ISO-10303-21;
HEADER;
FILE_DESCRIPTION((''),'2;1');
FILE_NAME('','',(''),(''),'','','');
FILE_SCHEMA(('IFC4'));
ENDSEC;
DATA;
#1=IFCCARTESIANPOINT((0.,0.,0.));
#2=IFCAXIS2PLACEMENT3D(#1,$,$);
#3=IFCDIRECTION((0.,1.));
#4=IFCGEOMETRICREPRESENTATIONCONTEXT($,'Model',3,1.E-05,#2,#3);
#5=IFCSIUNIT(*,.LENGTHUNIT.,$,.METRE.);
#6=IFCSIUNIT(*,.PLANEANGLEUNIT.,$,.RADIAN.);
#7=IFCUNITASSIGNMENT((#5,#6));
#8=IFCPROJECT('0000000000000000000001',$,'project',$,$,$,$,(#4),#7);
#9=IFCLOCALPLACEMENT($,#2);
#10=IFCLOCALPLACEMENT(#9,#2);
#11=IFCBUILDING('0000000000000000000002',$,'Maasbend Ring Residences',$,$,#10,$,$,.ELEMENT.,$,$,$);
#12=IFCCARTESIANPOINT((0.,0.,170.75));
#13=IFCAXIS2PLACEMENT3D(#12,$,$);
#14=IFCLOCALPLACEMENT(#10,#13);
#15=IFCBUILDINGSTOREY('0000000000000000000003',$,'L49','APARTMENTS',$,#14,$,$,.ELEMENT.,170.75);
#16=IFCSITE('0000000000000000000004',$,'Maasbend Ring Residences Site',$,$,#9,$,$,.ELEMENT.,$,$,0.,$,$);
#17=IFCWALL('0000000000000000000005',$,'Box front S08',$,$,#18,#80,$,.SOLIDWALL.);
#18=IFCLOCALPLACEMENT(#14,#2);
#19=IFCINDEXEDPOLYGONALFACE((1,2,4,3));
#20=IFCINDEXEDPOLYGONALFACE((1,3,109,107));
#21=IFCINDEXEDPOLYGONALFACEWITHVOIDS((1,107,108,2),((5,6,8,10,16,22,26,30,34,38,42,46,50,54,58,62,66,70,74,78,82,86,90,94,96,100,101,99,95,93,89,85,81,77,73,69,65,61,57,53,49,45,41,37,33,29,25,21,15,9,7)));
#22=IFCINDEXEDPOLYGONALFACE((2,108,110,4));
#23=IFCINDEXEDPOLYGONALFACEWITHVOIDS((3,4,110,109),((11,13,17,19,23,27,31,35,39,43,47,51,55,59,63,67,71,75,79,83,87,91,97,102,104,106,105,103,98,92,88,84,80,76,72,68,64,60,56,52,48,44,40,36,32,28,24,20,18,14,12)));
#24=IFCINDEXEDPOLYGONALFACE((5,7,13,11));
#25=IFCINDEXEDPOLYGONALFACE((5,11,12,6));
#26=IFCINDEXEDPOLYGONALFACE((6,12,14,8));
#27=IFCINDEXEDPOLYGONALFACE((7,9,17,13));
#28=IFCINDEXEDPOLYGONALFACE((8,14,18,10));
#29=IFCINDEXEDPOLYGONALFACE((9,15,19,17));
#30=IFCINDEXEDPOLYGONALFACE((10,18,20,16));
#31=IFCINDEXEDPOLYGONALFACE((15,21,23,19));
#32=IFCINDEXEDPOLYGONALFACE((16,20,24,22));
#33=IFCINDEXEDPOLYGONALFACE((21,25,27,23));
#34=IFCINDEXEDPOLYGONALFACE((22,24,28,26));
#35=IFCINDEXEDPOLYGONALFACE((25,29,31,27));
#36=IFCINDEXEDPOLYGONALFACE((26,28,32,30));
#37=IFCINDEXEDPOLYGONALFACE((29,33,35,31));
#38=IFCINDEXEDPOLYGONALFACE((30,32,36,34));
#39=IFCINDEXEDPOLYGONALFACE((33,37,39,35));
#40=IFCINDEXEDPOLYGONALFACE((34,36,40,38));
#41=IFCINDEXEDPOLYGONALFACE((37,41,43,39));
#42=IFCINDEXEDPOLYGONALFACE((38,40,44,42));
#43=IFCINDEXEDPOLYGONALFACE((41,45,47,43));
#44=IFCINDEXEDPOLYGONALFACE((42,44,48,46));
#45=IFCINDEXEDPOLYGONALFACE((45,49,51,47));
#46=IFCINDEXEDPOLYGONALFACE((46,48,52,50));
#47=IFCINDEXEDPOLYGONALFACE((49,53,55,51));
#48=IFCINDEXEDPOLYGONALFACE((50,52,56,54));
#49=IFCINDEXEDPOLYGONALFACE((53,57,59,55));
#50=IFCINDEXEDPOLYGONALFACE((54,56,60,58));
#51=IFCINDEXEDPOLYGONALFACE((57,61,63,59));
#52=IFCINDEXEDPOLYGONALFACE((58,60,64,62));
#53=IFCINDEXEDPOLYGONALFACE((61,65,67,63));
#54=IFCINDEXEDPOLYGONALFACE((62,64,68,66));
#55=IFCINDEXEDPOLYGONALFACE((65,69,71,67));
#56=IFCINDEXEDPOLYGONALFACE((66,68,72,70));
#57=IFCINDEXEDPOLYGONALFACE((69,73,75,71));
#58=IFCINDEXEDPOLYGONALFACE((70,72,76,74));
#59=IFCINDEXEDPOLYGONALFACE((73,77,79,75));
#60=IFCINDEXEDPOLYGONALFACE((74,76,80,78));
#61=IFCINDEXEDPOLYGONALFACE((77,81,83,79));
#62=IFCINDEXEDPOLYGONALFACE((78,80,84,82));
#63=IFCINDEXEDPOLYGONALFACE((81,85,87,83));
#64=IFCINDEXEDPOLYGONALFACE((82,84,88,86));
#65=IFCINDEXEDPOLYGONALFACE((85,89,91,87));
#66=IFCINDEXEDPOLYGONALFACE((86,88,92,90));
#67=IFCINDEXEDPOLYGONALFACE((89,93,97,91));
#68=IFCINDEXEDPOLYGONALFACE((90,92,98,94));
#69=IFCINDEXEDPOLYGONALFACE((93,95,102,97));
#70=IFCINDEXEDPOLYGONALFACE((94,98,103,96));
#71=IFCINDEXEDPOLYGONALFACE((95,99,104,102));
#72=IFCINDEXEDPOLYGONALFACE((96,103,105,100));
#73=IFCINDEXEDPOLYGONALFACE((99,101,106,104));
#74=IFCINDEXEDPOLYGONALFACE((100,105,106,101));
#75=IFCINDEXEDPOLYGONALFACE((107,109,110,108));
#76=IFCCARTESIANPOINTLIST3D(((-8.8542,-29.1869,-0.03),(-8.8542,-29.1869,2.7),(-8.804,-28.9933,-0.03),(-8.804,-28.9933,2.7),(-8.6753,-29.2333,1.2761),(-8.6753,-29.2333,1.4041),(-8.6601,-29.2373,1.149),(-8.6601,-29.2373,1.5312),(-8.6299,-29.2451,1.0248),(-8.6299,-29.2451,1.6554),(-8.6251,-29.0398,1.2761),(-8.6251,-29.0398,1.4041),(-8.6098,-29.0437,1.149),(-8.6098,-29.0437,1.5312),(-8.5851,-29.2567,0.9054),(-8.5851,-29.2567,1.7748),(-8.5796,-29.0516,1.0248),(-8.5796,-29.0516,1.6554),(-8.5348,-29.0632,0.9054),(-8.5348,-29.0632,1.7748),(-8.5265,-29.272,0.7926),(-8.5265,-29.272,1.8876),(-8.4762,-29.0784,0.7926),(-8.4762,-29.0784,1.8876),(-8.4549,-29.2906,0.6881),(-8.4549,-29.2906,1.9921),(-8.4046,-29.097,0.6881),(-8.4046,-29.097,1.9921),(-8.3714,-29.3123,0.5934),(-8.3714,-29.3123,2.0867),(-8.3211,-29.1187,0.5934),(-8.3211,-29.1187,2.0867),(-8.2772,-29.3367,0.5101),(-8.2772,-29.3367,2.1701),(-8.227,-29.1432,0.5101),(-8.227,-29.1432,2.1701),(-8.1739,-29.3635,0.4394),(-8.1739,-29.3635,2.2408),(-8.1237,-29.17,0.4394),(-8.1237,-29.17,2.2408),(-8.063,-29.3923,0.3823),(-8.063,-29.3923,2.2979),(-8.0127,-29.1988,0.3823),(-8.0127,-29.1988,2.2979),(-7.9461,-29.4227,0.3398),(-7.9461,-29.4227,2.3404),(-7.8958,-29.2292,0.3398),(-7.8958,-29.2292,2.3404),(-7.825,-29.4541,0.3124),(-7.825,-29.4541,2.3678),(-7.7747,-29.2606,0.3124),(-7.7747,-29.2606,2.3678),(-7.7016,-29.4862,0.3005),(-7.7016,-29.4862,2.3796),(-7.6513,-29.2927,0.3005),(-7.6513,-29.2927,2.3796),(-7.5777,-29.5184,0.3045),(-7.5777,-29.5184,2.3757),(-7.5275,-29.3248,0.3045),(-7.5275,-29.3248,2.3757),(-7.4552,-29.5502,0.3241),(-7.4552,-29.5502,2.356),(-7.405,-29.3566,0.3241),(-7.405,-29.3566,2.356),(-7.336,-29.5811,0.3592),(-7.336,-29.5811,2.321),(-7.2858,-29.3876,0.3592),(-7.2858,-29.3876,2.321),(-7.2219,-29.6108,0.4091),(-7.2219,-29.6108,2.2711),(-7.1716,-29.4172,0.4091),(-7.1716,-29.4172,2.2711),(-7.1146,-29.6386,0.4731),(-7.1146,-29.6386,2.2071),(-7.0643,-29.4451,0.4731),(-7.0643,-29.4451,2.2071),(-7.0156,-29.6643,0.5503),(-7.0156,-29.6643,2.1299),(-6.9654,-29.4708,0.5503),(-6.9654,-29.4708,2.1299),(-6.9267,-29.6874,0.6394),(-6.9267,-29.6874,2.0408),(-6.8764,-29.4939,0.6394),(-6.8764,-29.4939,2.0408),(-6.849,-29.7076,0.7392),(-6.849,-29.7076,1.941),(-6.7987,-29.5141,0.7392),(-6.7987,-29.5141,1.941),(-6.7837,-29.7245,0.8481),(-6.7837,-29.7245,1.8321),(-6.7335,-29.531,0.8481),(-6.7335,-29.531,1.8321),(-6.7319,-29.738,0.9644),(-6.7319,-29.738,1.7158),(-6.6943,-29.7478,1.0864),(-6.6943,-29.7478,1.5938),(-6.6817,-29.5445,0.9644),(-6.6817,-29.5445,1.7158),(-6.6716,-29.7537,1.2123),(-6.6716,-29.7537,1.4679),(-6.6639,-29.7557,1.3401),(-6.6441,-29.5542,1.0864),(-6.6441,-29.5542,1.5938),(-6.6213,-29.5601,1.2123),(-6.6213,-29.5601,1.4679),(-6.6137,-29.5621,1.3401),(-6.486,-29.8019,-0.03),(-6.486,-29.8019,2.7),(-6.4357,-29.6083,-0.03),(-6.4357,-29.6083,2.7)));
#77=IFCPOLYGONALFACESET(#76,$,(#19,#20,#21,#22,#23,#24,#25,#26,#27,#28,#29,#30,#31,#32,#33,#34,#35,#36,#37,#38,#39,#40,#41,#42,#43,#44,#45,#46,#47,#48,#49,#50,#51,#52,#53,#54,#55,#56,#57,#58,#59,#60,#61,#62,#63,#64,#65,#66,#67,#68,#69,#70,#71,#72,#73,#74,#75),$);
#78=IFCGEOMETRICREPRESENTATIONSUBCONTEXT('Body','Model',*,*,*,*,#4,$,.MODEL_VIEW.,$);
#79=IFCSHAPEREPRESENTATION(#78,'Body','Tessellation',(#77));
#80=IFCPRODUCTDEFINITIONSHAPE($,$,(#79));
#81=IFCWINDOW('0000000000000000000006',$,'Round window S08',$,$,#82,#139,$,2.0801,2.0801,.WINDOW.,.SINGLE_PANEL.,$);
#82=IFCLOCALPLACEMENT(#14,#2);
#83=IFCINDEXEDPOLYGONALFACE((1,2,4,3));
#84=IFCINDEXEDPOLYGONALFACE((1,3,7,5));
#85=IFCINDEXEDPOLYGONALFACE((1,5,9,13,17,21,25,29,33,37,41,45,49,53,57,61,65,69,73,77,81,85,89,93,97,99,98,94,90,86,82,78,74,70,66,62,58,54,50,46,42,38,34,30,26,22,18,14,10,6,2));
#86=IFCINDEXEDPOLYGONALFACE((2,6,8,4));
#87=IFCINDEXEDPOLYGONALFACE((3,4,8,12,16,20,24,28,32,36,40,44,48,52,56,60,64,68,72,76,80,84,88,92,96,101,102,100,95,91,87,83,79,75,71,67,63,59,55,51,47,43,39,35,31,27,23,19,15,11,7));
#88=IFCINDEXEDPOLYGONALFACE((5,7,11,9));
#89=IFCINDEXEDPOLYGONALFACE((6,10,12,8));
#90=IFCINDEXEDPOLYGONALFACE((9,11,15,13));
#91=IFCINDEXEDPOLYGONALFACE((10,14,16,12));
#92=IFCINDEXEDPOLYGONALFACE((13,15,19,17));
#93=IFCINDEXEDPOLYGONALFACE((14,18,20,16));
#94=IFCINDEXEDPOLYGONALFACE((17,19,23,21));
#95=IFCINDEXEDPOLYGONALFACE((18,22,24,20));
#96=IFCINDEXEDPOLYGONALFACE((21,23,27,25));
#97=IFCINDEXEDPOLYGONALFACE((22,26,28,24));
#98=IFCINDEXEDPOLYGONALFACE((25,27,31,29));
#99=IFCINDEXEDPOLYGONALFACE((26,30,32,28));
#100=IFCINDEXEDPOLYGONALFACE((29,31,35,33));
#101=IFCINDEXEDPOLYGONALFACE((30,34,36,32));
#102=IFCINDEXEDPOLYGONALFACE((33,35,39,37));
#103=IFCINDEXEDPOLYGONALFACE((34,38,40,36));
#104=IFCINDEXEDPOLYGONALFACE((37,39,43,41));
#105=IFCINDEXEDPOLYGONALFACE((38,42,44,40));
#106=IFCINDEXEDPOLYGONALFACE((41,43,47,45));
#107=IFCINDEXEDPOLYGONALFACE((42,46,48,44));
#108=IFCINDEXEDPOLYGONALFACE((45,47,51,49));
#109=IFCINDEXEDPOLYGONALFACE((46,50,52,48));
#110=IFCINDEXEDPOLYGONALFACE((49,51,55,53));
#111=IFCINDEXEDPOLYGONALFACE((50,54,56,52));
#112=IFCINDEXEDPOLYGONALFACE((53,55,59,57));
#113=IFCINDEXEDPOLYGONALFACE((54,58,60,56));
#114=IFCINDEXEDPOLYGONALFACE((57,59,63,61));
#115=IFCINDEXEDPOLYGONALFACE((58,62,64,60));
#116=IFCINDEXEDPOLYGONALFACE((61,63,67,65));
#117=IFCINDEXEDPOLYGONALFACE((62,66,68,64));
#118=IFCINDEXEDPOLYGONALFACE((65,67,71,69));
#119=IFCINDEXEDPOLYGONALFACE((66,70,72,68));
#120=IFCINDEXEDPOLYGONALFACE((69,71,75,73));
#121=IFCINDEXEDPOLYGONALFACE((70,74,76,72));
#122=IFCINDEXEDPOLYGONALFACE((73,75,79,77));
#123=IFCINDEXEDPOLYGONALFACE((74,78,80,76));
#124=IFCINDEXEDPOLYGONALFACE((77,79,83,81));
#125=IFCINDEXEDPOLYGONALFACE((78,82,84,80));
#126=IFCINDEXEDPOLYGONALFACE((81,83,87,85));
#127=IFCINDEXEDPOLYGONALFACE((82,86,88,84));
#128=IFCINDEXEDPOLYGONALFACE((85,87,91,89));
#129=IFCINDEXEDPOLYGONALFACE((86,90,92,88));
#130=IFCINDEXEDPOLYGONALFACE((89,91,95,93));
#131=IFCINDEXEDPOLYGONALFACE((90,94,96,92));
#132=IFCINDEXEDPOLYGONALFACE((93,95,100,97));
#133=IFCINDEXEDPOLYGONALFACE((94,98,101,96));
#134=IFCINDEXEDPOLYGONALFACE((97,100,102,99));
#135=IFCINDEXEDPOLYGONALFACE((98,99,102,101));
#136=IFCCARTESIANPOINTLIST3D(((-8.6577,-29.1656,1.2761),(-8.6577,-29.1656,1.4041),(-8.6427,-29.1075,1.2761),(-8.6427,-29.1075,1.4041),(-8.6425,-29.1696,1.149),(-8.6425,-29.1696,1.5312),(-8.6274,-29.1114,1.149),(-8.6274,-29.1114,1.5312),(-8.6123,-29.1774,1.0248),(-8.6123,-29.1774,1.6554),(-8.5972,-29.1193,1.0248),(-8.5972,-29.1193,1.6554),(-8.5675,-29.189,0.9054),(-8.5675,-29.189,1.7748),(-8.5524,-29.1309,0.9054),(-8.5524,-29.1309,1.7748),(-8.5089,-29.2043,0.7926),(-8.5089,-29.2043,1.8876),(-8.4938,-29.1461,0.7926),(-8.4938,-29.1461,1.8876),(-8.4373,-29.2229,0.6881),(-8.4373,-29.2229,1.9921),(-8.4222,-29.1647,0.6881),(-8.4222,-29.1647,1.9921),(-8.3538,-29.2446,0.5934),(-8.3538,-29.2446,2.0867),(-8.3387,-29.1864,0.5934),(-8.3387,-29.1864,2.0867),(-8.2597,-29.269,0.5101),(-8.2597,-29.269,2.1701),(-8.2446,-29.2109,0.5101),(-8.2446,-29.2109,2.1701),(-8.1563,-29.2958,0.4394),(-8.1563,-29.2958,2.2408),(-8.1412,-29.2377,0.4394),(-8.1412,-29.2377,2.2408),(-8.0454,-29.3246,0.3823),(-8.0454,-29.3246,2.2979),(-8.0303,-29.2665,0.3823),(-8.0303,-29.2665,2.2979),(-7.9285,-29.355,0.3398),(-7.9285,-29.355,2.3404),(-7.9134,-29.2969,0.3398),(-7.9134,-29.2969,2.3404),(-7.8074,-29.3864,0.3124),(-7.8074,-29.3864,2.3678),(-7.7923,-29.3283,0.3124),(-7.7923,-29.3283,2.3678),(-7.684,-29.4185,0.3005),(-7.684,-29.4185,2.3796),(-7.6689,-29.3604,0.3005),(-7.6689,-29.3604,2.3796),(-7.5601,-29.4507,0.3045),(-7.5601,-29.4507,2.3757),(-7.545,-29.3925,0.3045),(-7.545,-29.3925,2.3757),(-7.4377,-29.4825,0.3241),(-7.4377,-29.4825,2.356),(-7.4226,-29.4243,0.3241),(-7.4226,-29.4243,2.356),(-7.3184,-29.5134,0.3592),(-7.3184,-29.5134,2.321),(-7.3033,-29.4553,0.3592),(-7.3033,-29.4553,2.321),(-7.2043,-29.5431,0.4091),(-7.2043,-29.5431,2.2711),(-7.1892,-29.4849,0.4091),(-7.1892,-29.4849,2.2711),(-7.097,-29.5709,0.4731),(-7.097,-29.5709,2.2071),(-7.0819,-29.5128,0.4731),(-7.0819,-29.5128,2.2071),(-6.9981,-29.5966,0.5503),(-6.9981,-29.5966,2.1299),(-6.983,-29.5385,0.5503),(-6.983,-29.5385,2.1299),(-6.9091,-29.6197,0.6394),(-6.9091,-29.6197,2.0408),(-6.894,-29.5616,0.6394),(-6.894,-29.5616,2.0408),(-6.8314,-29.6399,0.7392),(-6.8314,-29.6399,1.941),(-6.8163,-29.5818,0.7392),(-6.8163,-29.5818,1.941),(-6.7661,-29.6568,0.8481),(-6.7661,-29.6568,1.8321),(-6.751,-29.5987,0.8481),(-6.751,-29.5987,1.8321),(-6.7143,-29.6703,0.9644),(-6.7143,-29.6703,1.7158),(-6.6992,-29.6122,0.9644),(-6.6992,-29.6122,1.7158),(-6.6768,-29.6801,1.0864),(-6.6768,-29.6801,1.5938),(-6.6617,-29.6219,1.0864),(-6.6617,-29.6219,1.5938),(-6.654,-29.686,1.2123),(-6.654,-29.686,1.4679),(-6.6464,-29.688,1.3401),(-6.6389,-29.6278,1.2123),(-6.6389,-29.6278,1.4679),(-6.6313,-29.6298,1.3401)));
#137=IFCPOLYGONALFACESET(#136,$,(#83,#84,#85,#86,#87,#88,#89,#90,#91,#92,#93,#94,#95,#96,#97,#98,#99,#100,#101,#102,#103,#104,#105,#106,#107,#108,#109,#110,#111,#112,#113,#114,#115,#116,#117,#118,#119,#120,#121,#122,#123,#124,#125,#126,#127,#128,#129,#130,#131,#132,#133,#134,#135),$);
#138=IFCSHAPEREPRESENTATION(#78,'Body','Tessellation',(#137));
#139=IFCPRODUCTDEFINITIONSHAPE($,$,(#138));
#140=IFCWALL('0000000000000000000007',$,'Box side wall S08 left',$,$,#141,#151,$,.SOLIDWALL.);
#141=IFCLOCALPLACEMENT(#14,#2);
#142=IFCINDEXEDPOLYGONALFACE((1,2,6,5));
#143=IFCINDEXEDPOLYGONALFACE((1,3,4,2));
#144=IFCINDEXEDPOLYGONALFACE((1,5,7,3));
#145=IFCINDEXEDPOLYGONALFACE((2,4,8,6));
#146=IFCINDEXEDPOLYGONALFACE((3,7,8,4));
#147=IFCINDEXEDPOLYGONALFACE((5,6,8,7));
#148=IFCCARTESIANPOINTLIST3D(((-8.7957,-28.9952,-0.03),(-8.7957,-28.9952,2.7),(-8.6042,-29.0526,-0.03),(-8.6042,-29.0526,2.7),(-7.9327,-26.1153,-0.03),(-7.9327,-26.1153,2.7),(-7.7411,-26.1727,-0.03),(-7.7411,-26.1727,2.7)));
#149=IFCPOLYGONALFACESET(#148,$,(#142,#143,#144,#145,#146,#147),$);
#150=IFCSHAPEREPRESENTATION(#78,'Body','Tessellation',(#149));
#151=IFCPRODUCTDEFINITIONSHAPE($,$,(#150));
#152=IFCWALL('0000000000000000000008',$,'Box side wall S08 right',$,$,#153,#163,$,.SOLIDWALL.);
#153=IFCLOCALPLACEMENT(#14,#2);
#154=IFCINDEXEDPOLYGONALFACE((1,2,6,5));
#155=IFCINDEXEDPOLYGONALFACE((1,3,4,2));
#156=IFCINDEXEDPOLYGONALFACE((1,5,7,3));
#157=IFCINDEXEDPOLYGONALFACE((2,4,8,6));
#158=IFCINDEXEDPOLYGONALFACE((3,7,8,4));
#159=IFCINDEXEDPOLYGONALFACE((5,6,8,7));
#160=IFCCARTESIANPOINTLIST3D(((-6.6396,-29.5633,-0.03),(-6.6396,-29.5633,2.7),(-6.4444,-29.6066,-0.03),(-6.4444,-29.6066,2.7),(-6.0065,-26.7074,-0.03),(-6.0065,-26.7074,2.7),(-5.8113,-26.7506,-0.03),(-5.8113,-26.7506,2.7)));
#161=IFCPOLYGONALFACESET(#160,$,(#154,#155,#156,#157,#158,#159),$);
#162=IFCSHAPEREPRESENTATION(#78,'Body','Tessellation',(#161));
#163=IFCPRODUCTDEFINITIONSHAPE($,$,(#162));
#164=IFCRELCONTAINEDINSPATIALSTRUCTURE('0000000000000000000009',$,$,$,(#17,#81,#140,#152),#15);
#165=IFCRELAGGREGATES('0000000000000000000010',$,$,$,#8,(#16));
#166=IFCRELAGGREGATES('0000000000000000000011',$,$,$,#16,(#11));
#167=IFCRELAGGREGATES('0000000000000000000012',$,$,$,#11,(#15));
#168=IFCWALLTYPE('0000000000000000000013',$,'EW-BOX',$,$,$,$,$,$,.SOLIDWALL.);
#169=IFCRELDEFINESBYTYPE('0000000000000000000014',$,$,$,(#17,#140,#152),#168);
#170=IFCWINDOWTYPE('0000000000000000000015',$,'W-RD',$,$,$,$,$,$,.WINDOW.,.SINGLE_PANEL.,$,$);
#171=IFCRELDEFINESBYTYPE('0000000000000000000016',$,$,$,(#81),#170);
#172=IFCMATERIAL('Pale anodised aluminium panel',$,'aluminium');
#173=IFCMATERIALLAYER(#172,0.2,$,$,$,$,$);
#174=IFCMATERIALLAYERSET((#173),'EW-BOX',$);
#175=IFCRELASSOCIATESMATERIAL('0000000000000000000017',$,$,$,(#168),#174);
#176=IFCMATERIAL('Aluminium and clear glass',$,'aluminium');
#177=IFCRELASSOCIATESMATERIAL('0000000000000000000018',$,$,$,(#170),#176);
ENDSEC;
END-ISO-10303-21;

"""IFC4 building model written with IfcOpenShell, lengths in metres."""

from ifc_helpers import new_model, si_unit, direction, frame, frame_2d, origin, place, context, subcontext, project, spatial, rectangle, circle, extrude, material, layer, layer_set, type_object, element, fill, save


model = new_model("IFC4")

# Units and contexts
model_context = context("Model", 3, precision=1e-05, world=origin(), true_north=direction((0.0, 1.0)))
body_context = subcontext(model_context, "Body", "Model", "MODEL_VIEW")
ifc_project = project(units=[si_unit("LENGTHUNIT", "METRE"), si_unit("PLANEANGLEUNIT", "RADIAN")], contexts=[model_context])

# Site, building, storey
site_placement = place(None, origin())
site = spatial("IfcSite", under=ifc_project, at=site_placement, Name="Maasbend Ring Residences Site", CompositionType="ELEMENT", RefElevation=0.0)
building_placement = place(site_placement, origin())
building = spatial("IfcBuilding", under=site, at=building_placement, Name="Maasbend Ring Residences", CompositionType="ELEMENT")
storey_placement = place(building_placement, frame((0.0, 0.0, 170.75)))
storey = spatial("IfcBuildingStorey", under=building, at=storey_placement, Name="L49", Description="APARTMENTS", CompositionType="ELEMENT", Elevation=170.75)

# Wall, opening, window
ifc_material_1 = material(Name="Pale anodised aluminium panel", Category="aluminium")
ifc_layer_1 = layer(ifc_material_1, 0.2)
ifc_layer_set_1 = layer_set([ifc_layer_1], Name="EW-BOX")
wall_type_1 = type_object("IfcWallType", Name="EW-BOX", PredefinedType="SOLIDWALL", material=ifc_layer_set_1)
wall_1_placement = place(storey_placement, frame((-8.8291, -29.0901, -0.03), z_axis=(0.0, 0.0, 1.0), x_axis=(0.967895, -0.251353, 0.0)))
wall_1 = element("IfcWall", 1, at=wall_1_placement, inside=storey, type_object=wall_type_1, Name="Box front S08", PredefinedType="SOLIDWALL", context=body_context, shape_type="SweptSolid", body=[
    extrude(rectangle(XDim=2.4468, YDim=0.2, at=frame_2d((1.2234, 0.0))), origin(), (0.0, 0.0, 1.0), 2.73),
])
opening_1_placement = place(wall_1_placement, frame((0.1829, 0.0, 0.3301)))
opening_1 = element("IfcOpeningElement", 2, at=opening_1_placement, cuts=wall_1, PredefinedType="OPENING", context=body_context, shape_type="SweptSolid", body=[
    extrude(circle(Radius=1.04, at=frame_2d((1.04, 1.04))), frame((0.0, 0.1099, 0.0), z_axis=(0.0, -1.0, 0.0), x_axis=(1.0, 0.0, 0.0)), (0.0, 0.0, 1.0), 0.22),
])
ifc_material_2 = material(Name="Aluminium and clear glass", Category="aluminium")
window_type_1 = type_object("IfcWindowType", Name="W-RD", PartitioningType="SINGLE_PANEL", PredefinedType="WINDOW", material=ifc_material_2)
window_1_placement = place(opening_1_placement, origin())
window_1 = element("IfcWindow", 3, at=window_1_placement, inside=storey, type_object=window_type_1, Name="Round window S08", OverallHeight=2.0801, OverallWidth=2.0801, PartitioningType="SINGLE_PANEL", PredefinedType="WINDOW", context=body_context, shape_type="SweptSolid", body=[
    extrude(circle(Radius=1.04, at=frame_2d((1.04, 1.04))), frame((0.0, 0.03, 0.0), z_axis=(0.0, -1.0, 0.0), x_axis=(1.0, 0.0, 0.0)), (0.0, 0.0, 1.0), 0.0601),
])
fill(opening_1, window_1)

# Walls
wall_2_placement = place(storey_placement, frame((-7.8369, -26.144, -0.03), z_axis=(0.0, 0.0, 1.0), x_axis=(-0.287065, -0.957911, 0.0)))
element("IfcWall", 4, at=wall_2_placement, inside=storey, type_object=wall_type_1, Name="Box side wall S08 left", PredefinedType="SOLIDWALL", context=body_context, shape_type="SweptSolid", body=[
    extrude(rectangle(XDim=3.0063, YDim=0.2, at=frame_2d((1.5032, 0.0))), origin(), (0.0, 0.0, 1.0), 2.73),
])
wall_3_placement = place(storey_placement, frame((-5.9089, -26.729, -0.03), z_axis=(0.0, 0.0, 1.0), x_axis=(-0.216409, -0.976303, 0.0)))
element("IfcWall", 5, at=wall_3_placement, inside=storey, type_object=wall_type_1, Name="Box side wall S08 right", PredefinedType="SOLIDWALL", context=body_context, shape_type="SweptSolid", body=[
    extrude(rectangle(XDim=2.9253, YDim=0.2, at=frame_2d((1.4626, 0.0))), origin(), (0.0, 0.0, 1.0), 2.73),
])

save(model, "model.ifc")
